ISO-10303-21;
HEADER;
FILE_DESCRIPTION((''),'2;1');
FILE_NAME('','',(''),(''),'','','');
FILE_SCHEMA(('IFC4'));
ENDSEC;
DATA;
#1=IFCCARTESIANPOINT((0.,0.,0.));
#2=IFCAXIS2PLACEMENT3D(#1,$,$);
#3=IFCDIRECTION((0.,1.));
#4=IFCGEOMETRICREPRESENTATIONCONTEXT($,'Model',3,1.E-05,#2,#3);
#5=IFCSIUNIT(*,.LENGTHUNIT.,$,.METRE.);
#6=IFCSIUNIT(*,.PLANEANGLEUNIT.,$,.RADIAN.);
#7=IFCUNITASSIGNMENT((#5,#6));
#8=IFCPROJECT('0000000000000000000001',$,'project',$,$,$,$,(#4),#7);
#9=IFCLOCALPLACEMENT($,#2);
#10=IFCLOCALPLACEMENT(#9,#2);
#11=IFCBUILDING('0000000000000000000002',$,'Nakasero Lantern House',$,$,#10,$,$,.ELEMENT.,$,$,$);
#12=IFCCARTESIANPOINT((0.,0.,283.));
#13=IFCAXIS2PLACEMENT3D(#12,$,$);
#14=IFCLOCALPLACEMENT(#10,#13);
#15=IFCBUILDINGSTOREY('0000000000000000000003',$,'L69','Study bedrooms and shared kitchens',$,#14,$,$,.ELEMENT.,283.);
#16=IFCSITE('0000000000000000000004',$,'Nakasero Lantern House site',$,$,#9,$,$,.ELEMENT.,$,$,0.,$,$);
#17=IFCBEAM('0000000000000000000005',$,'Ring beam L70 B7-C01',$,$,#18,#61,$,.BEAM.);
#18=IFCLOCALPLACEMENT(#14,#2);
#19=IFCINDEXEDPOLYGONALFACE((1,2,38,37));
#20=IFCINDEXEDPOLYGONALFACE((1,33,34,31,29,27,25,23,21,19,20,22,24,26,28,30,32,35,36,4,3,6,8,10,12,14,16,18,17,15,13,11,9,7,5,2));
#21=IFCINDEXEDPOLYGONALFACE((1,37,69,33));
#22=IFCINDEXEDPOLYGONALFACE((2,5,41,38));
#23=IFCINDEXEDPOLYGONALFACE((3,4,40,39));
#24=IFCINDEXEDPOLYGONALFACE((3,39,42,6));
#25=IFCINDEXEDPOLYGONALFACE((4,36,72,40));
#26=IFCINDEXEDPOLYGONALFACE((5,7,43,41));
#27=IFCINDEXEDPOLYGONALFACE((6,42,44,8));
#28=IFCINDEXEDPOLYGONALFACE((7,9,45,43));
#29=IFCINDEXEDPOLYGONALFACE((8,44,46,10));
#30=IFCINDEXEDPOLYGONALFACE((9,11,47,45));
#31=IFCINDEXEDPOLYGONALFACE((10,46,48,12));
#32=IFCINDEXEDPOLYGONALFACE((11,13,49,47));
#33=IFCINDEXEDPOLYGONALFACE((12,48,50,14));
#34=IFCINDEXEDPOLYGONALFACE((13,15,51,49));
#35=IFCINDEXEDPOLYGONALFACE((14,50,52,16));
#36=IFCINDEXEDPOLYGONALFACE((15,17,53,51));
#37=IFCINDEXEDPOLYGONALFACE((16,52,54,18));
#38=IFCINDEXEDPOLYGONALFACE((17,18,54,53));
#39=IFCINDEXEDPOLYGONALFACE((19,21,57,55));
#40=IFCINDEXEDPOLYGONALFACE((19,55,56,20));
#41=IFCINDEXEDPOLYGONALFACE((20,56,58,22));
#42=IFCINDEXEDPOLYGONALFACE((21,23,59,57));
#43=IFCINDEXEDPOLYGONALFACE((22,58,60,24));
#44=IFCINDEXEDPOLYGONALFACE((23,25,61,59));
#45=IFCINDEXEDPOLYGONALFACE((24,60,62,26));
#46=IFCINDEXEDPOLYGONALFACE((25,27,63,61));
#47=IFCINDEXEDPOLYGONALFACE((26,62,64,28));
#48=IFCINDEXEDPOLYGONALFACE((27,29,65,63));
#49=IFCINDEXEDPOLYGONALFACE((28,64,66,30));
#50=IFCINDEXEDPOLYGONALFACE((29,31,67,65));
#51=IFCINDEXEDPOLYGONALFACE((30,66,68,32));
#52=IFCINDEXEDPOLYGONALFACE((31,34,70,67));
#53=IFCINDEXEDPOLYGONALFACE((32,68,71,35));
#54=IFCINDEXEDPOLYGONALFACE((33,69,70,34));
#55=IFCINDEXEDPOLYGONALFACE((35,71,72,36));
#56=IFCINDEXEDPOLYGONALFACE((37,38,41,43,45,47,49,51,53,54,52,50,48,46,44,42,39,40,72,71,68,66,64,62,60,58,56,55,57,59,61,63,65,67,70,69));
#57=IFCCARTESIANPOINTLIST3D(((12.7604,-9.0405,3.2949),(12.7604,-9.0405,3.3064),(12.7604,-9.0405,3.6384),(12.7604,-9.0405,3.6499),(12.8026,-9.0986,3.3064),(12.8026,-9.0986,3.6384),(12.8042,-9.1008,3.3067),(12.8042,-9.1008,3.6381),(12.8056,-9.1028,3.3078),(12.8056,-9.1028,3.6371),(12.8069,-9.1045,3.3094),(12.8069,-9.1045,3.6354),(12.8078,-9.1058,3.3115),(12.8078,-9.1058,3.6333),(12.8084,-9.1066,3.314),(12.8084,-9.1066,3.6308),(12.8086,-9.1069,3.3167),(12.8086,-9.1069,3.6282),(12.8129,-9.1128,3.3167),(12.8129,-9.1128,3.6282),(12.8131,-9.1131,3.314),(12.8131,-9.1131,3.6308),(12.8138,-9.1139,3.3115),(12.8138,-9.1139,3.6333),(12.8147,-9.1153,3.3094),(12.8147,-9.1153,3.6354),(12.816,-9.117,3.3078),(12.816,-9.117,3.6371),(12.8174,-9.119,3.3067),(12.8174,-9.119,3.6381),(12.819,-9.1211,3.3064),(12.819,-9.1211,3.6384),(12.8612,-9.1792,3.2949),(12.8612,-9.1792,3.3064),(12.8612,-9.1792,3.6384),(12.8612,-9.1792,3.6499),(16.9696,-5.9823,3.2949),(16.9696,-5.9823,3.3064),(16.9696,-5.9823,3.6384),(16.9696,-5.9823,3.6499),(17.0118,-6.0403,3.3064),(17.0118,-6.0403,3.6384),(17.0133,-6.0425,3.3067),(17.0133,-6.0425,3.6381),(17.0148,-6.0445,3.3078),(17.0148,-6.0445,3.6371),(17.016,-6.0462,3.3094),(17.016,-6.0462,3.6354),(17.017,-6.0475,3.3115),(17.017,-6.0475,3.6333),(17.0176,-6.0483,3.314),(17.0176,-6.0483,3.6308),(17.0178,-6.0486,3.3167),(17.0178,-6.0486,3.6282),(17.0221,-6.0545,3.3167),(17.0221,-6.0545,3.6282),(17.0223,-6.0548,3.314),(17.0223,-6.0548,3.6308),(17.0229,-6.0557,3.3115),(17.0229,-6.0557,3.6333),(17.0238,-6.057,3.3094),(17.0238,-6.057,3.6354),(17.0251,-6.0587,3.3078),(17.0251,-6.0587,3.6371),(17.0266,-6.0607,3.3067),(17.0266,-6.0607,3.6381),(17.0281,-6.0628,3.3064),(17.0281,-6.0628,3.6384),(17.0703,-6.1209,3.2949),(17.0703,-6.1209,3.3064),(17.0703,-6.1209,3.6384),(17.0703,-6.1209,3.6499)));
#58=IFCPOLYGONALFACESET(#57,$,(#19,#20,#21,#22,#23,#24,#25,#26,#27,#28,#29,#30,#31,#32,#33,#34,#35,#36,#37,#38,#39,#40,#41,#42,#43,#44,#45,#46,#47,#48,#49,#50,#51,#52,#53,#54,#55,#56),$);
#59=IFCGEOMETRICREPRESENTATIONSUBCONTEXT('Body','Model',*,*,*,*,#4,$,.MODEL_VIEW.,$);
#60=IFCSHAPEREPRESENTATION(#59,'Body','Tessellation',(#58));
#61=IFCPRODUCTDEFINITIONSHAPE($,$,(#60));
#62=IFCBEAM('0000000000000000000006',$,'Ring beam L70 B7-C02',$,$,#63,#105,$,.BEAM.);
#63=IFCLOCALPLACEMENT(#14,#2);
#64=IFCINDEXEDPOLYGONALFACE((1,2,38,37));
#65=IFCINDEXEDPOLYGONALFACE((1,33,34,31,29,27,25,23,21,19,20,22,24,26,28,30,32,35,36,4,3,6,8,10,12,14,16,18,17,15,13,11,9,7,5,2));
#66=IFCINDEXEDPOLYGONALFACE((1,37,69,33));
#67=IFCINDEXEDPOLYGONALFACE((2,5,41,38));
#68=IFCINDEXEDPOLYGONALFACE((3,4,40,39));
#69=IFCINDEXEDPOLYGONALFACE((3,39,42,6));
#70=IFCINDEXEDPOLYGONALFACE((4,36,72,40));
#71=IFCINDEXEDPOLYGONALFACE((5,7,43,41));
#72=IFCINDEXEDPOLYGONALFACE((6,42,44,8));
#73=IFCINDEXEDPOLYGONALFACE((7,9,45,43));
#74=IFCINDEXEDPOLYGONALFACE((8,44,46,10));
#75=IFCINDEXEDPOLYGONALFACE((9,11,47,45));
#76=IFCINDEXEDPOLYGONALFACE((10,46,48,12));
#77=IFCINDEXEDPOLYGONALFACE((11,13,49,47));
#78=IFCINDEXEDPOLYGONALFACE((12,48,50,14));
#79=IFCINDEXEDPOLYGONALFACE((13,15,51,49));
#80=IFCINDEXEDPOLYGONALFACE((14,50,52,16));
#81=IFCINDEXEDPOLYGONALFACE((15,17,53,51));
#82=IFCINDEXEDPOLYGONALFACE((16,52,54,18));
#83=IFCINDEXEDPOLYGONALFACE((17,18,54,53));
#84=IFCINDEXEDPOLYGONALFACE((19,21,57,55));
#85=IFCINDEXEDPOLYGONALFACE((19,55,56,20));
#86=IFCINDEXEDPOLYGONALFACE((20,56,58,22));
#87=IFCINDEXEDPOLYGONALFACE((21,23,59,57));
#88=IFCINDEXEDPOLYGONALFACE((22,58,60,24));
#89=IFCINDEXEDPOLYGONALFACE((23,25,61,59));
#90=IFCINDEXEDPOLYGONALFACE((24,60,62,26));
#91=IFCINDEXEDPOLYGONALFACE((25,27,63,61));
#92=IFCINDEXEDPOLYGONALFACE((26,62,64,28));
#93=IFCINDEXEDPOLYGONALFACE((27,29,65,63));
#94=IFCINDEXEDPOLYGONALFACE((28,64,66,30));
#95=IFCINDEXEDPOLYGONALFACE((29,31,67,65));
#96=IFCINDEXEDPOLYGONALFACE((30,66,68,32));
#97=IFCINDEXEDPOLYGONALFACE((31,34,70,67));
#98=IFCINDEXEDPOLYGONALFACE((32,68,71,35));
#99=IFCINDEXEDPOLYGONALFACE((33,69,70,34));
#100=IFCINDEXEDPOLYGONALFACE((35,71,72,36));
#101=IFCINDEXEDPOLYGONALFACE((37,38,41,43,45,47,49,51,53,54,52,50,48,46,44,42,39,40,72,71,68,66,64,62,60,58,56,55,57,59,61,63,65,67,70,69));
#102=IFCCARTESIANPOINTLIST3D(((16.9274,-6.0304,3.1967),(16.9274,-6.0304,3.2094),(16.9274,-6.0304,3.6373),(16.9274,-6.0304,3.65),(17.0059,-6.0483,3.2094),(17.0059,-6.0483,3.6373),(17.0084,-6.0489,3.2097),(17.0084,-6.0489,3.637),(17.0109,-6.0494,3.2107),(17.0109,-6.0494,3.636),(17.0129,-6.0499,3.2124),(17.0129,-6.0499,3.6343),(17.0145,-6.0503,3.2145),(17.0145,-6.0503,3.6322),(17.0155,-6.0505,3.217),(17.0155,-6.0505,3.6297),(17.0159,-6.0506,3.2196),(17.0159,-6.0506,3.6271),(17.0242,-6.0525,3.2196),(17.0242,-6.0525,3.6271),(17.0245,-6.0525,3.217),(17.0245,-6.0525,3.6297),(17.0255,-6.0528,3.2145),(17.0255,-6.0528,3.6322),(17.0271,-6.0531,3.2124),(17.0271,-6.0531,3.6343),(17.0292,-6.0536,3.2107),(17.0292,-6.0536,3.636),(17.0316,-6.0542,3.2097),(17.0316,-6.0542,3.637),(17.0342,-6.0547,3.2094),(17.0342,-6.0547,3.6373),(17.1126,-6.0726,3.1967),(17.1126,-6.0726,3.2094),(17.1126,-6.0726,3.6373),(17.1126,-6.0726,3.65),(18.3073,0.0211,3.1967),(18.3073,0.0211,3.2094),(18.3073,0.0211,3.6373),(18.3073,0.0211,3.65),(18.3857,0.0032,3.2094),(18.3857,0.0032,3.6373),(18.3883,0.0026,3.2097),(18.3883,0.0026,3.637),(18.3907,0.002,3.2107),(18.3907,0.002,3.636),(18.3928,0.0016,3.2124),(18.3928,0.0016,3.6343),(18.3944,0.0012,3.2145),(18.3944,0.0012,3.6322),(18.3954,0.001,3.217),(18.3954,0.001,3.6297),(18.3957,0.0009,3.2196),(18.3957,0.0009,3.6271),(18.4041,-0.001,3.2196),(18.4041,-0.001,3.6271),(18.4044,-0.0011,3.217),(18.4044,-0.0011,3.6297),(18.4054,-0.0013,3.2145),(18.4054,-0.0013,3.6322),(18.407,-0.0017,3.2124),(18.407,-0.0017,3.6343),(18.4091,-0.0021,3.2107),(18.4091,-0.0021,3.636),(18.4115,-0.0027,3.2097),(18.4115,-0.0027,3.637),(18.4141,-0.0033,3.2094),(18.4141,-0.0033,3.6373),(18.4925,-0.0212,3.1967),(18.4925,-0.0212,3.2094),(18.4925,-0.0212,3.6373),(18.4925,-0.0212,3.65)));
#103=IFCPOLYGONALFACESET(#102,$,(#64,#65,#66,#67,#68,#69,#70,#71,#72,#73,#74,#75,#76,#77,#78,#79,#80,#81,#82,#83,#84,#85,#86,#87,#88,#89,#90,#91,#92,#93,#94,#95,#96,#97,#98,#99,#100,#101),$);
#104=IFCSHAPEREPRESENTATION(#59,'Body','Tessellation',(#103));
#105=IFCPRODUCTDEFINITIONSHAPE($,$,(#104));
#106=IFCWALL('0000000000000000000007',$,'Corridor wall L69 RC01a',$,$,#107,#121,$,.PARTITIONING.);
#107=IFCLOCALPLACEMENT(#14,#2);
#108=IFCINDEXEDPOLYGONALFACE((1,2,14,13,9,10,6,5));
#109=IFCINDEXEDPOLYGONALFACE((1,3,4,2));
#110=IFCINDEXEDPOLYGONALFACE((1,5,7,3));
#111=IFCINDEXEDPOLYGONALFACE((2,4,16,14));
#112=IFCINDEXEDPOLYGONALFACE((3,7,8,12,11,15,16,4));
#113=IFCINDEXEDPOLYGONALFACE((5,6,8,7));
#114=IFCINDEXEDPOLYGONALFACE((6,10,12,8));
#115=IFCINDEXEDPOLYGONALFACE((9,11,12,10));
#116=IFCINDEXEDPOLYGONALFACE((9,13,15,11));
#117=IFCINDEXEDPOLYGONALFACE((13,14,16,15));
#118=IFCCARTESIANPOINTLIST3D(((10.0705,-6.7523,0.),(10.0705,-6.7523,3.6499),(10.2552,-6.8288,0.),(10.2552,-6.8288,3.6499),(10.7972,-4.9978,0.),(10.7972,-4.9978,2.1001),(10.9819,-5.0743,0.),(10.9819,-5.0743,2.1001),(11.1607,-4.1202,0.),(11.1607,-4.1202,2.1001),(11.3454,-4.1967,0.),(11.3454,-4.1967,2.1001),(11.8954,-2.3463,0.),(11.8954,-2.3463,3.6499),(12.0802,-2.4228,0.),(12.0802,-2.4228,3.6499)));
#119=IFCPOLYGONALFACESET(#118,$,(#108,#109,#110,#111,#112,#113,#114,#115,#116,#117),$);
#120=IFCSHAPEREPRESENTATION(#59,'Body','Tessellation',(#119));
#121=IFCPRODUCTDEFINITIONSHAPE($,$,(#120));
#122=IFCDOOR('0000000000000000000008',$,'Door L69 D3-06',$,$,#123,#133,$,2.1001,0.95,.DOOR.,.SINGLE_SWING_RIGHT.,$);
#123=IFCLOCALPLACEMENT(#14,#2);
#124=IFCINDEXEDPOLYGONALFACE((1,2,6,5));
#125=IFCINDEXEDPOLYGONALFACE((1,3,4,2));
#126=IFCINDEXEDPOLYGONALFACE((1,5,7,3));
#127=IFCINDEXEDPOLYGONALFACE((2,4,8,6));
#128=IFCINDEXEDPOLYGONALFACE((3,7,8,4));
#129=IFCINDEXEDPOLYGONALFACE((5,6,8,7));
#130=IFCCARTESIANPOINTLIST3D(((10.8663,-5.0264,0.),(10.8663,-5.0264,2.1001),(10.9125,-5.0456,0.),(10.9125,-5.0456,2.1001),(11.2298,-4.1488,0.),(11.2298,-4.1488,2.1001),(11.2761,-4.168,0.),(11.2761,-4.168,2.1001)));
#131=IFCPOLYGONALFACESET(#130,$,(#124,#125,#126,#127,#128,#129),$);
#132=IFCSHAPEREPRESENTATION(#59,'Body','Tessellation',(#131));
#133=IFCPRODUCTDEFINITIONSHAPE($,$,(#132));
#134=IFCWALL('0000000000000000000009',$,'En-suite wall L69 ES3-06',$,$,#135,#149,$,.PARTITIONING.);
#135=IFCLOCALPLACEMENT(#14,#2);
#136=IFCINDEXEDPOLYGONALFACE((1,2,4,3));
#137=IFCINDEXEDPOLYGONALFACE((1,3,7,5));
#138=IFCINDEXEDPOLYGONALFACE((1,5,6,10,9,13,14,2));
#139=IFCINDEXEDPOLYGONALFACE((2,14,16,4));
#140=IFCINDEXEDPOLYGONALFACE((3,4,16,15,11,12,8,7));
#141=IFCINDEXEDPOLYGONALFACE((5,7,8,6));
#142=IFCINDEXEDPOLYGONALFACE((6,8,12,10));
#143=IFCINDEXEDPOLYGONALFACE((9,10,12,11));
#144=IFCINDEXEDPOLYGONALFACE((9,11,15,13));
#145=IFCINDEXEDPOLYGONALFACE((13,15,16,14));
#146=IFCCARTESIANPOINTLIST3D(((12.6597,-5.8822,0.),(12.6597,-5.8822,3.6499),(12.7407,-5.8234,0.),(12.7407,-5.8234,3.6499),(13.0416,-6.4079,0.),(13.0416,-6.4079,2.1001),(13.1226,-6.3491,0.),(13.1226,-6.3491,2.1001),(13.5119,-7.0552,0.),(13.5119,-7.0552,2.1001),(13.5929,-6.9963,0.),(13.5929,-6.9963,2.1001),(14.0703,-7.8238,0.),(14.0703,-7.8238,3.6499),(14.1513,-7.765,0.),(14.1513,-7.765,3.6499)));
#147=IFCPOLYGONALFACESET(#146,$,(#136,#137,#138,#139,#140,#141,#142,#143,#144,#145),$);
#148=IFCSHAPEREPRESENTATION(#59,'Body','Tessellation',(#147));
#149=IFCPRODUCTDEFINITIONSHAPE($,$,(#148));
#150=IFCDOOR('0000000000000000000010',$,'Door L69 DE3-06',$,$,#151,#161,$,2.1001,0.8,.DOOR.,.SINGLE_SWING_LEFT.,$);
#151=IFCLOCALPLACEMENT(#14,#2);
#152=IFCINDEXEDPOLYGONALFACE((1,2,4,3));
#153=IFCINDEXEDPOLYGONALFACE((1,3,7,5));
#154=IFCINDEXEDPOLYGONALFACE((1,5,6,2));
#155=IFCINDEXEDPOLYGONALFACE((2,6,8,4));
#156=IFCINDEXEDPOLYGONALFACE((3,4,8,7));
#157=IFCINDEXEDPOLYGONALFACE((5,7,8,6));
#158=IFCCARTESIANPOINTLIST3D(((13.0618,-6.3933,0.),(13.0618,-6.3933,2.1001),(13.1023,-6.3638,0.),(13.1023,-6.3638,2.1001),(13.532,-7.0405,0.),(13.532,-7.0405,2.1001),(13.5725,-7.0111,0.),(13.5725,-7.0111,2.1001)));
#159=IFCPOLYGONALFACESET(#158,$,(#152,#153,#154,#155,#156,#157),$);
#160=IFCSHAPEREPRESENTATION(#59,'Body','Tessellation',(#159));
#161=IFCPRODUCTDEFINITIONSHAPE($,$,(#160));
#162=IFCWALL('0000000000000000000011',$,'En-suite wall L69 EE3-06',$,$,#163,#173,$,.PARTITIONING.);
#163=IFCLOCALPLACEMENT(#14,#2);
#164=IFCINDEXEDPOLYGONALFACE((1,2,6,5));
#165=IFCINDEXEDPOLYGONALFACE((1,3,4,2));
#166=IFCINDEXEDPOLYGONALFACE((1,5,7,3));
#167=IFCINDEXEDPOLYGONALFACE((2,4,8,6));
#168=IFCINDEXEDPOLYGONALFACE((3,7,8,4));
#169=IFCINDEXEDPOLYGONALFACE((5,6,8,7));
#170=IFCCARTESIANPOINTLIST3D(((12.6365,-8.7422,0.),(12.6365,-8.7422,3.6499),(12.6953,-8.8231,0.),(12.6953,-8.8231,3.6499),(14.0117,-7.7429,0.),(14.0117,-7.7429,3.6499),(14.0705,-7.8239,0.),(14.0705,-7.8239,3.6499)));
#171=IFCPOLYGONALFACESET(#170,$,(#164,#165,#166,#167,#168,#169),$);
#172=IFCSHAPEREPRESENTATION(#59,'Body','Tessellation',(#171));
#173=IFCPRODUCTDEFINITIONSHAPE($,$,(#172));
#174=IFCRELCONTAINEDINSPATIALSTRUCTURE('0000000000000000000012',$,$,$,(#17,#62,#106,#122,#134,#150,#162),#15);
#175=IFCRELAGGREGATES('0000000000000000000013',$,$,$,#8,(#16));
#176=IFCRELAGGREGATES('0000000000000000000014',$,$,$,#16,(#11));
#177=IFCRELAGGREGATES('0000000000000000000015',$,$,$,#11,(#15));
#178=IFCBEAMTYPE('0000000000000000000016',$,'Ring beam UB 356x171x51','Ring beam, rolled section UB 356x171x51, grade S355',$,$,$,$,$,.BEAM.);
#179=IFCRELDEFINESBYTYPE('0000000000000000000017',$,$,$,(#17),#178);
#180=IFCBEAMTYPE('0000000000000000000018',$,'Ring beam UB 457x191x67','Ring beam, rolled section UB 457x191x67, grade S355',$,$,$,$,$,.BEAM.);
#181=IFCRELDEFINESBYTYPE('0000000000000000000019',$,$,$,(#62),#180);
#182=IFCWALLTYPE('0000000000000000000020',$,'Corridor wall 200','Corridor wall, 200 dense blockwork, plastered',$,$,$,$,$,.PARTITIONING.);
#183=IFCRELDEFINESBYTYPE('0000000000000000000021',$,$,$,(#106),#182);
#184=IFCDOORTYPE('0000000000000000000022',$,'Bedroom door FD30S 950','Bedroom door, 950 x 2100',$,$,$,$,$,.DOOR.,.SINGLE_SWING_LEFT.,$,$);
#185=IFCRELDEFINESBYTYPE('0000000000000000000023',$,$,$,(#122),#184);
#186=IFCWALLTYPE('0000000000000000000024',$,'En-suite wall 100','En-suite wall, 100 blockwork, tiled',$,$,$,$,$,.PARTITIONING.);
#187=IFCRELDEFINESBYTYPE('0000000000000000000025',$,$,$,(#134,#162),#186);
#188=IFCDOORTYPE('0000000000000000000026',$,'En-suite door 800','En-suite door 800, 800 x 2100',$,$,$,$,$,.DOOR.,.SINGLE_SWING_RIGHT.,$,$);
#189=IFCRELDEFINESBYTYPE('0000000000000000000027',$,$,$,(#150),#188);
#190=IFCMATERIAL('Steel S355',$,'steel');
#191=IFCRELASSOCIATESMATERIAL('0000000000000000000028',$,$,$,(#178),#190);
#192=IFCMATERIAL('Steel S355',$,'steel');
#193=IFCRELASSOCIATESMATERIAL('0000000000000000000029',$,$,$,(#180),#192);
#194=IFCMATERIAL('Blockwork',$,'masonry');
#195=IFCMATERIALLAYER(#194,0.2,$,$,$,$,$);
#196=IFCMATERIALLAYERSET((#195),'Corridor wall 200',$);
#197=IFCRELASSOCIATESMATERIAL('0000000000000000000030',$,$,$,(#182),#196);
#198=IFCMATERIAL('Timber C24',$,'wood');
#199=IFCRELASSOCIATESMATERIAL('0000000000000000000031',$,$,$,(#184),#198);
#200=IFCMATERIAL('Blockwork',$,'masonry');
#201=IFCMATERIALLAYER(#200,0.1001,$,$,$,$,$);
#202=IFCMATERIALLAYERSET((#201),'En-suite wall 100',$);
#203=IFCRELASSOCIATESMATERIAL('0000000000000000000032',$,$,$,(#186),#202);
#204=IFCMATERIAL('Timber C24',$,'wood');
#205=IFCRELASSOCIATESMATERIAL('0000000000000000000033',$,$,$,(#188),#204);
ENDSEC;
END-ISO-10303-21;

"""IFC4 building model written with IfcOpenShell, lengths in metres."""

from ifc_helpers import new_model, si_unit, direction, frame, frame_2d, origin, origin_2d, place, context, subcontext, project, spatial, rectangle, i_section, extrude, material, layer, layer_set, material_profile, profile_set, type_object, element, fill, save


model = new_model("IFC4")

# Units and contexts
model_context = context("Model", 3, precision=1e-05, world=origin(), true_north=direction((0.0, 1.0)))
body_context = subcontext(model_context, "Body", "Model", "MODEL_VIEW")
ifc_project = project(units=[si_unit("LENGTHUNIT", "METRE"), si_unit("PLANEANGLEUNIT", "RADIAN")], contexts=[model_context])

# Site, building, storey
site_placement = place(None, origin())
site = spatial("IfcSite", under=ifc_project, at=site_placement, Name="Nakasero Lantern House site", CompositionType="ELEMENT", RefElevation=0.0)
building_placement = place(site_placement, origin())
building = spatial("IfcBuilding", under=site, at=building_placement, Name="Nakasero Lantern House", CompositionType="ELEMENT")
storey_placement = place(building_placement, frame((0.0, 0.0, 283.0)))
storey = spatial("IfcBuildingStorey", under=building, at=storey_placement, Name="L69", Description="Study bedrooms and shared kitchens", CompositionType="ELEMENT", Elevation=283.0)

# Beams
ifc_material_1 = material(Name="Steel S355", Category="steel")
ifc_material_profile_1 = material_profile(ifc_material_1, i_section(OverallWidth=0.1714, OverallDepth=0.355, WebThickness=0.0073, FlangeThickness=0.0115, FilletRadius=0.0103, at=origin_2d()), Name="UB 356x171x51")
ifc_profile_set_1 = profile_set([ifc_material_profile_1], Name="Steel S355")
beam_type_1 = type_object("IfcBeamType", Name="Ring beam UB 356x171x51", Description="Ring beam, rolled section UB 356x171x51, grade S355", PredefinedType="BEAM", material=ifc_profile_set_1)
beam_1_placement = place(storey_placement, frame((12.8108, -9.1099, 3.4724), z_axis=(0.809002, 0.587806, 0.0), x_axis=(-0.587806, 0.809002, 0.0)))
element("IfcBeam", 1, at=beam_1_placement, inside=storey, type_object=beam_type_1, Name="Ring beam L70 B7-C01", PredefinedType="BEAM", context=body_context, shape_type="SweptSolid", body=[
    extrude(i_section(OverallWidth=0.1714, OverallDepth=0.355, WebThickness=0.0073, FlangeThickness=0.0115, FilletRadius=0.0103, at=origin_2d()), origin(), (0.0, 0.0, 1.0), 5.2029),
])
ifc_material_2 = material(Name="Steel S355", Category="steel")
ifc_material_profile_2 = material_profile(ifc_material_2, i_section(OverallWidth=0.1899, OverallDepth=0.4534, WebThickness=0.0085, FlangeThickness=0.0127, FilletRadius=0.0103, at=origin_2d()), Name="UB 457x191x67")
ifc_profile_set_2 = profile_set([ifc_material_profile_2], Name="Steel S355")
beam_type_2 = type_object("IfcBeamType", Name="Ring beam UB 457x191x67", Description="Ring beam, rolled section UB 457x191x67, grade S355", PredefinedType="BEAM", material=ifc_profile_set_2)
beam_2_placement = place(storey_placement, frame((17.02, -6.0515, 3.4233), z_axis=(0.222316, 0.974975, 0.0), x_axis=(-0.974975, 0.222316, 0.0)))
element("IfcBeam", 2, at=beam_2_placement, inside=storey, type_object=beam_type_2, Name="Ring beam L70 B7-C02", PredefinedType="BEAM", context=body_context, shape_type="SweptSolid", body=[
    extrude(i_section(OverallWidth=0.1899, OverallDepth=0.4534, WebThickness=0.0085, FlangeThickness=0.0127, FilletRadius=0.0103, at=origin_2d()), origin(), (0.0, 0.0, 1.0), 6.2068),
])

# Walls, openings, doors
ifc_material_3 = material(Name="Blockwork", Category="masonry")
ifc_layer_1 = layer(ifc_material_3, 0.2)
ifc_layer_set_1 = layer_set([ifc_layer_1], Name="Corridor wall 200")
wall_type_1 = type_object("IfcWallType", Name="Corridor wall 200", Description="Corridor wall, 200 dense blockwork, plastered", PredefinedType="PARTITIONING", material=ifc_layer_set_1)
wall_1_placement = place(storey_placement, frame((11.9878, -2.3845, 0.0), z_axis=(0.0, 0.0, 1.0), x_axis=(-0.38267, -0.923885, 0.0)))
wall_1 = element("IfcWall", 3, at=wall_1_placement, inside=storey, type_object=wall_type_1, Name="Corridor wall L69 RC01a", PredefinedType="PARTITIONING", context=body_context, shape_type="SweptSolid", body=[
    extrude(rectangle(XDim=4.769, YDim=0.2, at=frame_2d((2.3845, 0.0))), origin(), (0.0, 0.0, 1.0), 3.6499),
])
opening_1_placement = place(wall_1_placement, frame((1.9199, 0.0, 0.0)))
opening_1 = element("IfcOpeningElement", 4, at=opening_1_placement, cuts=wall_1, PredefinedType="OPENING", context=body_context, shape_type="SweptSolid", body=[
    extrude(rectangle(XDim=0.95, YDim=2.1001, at=frame_2d((0.4751, 1.05))), frame((0.0, 0.1199, 0.0), z_axis=(0.0, -1.0, 0.0), x_axis=(1.0, 0.0, 0.0)), (0.0, 0.0, 1.0), 0.24),
])
ifc_material_4 = material(Name="Timber C24", Category="wood")
door_type_1 = type_object("IfcDoorType", Name="Bedroom door FD30S 950", Description="Bedroom door, 950 x 2100", OperationType="SINGLE_SWING_LEFT", PredefinedType="DOOR", material=ifc_material_4)
door_1_placement = place(opening_1_placement, origin())
door_1 = element("IfcDoor", 5, at=door_1_placement, inside=storey, type_object=door_type_1, Name="Door L69 D3-06", OperationType="SINGLE_SWING_RIGHT", OverallHeight=2.1001, OverallWidth=0.95, PredefinedType="DOOR", context=body_context, shape_type="SweptSolid", body=[
    extrude(rectangle(XDim=0.95, YDim=2.1001, at=frame_2d((0.4751, 1.05))), frame((0.0, 0.0249, 0.0), z_axis=(0.0, -1.0, 0.0), x_axis=(1.0, 0.0, 0.0)), (0.0, 0.0, 1.0), 0.05),
])
fill(opening_1, door_1)
ifc_material_5 = material(Name="Blockwork", Category="masonry")
ifc_layer_2 = layer(ifc_material_5, 0.1001)
ifc_layer_set_2 = layer_set([ifc_layer_2], Name="En-suite wall 100")
wall_type_2 = type_object("IfcWallType", Name="En-suite wall 100", Description="En-suite wall, 100 blockwork, tiled", PredefinedType="PARTITIONING", material=ifc_layer_set_2)
wall_2_placement = place(storey_placement, frame((12.7002, -5.8528, 0.0), z_axis=(0.0, 0.0, 1.0), x_axis=(0.587772, -0.809026, 0.0)))
wall_2 = element("IfcWall", 6, at=wall_2_placement, inside=storey, type_object=wall_type_2, Name="En-suite wall L69 ES3-06", PredefinedType="PARTITIONING", context=body_context, shape_type="SweptSolid", body=[
    extrude(rectangle(XDim=2.3999, YDim=0.1001, at=frame_2d((1.2, 0.0))), origin(), (0.0, 0.0, 1.0), 3.6499),
])
opening_2_placement = place(wall_2_placement, frame((0.6499, 0.0, 0.0)))
opening_2 = element("IfcOpeningElement", 7, at=opening_2_placement, cuts=wall_2, PredefinedType="OPENING", context=body_context, shape_type="SweptSolid", body=[
    extrude(rectangle(XDim=0.8, YDim=2.1001, at=frame_2d((0.3999, 1.05))), frame((0.0, 0.0701, 0.0), z_axis=(0.0, -1.0, 0.0), x_axis=(1.0, 0.0, 0.0)), (0.0, 0.0, 1.0), 0.1401),
])
ifc_material_6 = material(Name="Timber C24", Category="wood")
door_type_2 = type_object("IfcDoorType", Name="En-suite door 800", Description="En-suite door 800, 800 x 2100", OperationType="SINGLE_SWING_RIGHT", PredefinedType="DOOR", material=ifc_material_6)
door_2_placement = place(opening_2_placement, origin())
door_2 = element("IfcDoor", 8, at=door_2_placement, inside=storey, type_object=door_type_2, Name="Door L69 DE3-06", OperationType="SINGLE_SWING_LEFT", OverallHeight=2.1001, OverallWidth=0.8, PredefinedType="DOOR", context=body_context, shape_type="SweptSolid", body=[
    extrude(rectangle(XDim=0.8, YDim=2.1001, at=frame_2d((0.3999, 1.05))), frame((0.0, 0.0249, 0.0), z_axis=(0.0, -1.0, 0.0), x_axis=(1.0, 0.0, 0.0)), (0.0, 0.0, 1.0), 0.05),
])
fill(opening_2, door_2)

# Wall
wall_3_placement = place(storey_placement, frame((12.6658, -8.7827, 0.0), z_axis=(0.0, 0.0, 1.0), x_axis=(0.808991, 0.587822, 0.0)))
element("IfcWall", 9, at=wall_3_placement, inside=storey, type_object=wall_type_2, Name="En-suite wall L69 EE3-06", PredefinedType="PARTITIONING", context=body_context, shape_type="SweptSolid", body=[
    extrude(rectangle(XDim=1.7, YDim=0.1001, at=frame_2d((0.8501, 0.0))), origin(), (0.0, 0.0, 1.0), 3.6499),
])

save(model, "model.ifc")
